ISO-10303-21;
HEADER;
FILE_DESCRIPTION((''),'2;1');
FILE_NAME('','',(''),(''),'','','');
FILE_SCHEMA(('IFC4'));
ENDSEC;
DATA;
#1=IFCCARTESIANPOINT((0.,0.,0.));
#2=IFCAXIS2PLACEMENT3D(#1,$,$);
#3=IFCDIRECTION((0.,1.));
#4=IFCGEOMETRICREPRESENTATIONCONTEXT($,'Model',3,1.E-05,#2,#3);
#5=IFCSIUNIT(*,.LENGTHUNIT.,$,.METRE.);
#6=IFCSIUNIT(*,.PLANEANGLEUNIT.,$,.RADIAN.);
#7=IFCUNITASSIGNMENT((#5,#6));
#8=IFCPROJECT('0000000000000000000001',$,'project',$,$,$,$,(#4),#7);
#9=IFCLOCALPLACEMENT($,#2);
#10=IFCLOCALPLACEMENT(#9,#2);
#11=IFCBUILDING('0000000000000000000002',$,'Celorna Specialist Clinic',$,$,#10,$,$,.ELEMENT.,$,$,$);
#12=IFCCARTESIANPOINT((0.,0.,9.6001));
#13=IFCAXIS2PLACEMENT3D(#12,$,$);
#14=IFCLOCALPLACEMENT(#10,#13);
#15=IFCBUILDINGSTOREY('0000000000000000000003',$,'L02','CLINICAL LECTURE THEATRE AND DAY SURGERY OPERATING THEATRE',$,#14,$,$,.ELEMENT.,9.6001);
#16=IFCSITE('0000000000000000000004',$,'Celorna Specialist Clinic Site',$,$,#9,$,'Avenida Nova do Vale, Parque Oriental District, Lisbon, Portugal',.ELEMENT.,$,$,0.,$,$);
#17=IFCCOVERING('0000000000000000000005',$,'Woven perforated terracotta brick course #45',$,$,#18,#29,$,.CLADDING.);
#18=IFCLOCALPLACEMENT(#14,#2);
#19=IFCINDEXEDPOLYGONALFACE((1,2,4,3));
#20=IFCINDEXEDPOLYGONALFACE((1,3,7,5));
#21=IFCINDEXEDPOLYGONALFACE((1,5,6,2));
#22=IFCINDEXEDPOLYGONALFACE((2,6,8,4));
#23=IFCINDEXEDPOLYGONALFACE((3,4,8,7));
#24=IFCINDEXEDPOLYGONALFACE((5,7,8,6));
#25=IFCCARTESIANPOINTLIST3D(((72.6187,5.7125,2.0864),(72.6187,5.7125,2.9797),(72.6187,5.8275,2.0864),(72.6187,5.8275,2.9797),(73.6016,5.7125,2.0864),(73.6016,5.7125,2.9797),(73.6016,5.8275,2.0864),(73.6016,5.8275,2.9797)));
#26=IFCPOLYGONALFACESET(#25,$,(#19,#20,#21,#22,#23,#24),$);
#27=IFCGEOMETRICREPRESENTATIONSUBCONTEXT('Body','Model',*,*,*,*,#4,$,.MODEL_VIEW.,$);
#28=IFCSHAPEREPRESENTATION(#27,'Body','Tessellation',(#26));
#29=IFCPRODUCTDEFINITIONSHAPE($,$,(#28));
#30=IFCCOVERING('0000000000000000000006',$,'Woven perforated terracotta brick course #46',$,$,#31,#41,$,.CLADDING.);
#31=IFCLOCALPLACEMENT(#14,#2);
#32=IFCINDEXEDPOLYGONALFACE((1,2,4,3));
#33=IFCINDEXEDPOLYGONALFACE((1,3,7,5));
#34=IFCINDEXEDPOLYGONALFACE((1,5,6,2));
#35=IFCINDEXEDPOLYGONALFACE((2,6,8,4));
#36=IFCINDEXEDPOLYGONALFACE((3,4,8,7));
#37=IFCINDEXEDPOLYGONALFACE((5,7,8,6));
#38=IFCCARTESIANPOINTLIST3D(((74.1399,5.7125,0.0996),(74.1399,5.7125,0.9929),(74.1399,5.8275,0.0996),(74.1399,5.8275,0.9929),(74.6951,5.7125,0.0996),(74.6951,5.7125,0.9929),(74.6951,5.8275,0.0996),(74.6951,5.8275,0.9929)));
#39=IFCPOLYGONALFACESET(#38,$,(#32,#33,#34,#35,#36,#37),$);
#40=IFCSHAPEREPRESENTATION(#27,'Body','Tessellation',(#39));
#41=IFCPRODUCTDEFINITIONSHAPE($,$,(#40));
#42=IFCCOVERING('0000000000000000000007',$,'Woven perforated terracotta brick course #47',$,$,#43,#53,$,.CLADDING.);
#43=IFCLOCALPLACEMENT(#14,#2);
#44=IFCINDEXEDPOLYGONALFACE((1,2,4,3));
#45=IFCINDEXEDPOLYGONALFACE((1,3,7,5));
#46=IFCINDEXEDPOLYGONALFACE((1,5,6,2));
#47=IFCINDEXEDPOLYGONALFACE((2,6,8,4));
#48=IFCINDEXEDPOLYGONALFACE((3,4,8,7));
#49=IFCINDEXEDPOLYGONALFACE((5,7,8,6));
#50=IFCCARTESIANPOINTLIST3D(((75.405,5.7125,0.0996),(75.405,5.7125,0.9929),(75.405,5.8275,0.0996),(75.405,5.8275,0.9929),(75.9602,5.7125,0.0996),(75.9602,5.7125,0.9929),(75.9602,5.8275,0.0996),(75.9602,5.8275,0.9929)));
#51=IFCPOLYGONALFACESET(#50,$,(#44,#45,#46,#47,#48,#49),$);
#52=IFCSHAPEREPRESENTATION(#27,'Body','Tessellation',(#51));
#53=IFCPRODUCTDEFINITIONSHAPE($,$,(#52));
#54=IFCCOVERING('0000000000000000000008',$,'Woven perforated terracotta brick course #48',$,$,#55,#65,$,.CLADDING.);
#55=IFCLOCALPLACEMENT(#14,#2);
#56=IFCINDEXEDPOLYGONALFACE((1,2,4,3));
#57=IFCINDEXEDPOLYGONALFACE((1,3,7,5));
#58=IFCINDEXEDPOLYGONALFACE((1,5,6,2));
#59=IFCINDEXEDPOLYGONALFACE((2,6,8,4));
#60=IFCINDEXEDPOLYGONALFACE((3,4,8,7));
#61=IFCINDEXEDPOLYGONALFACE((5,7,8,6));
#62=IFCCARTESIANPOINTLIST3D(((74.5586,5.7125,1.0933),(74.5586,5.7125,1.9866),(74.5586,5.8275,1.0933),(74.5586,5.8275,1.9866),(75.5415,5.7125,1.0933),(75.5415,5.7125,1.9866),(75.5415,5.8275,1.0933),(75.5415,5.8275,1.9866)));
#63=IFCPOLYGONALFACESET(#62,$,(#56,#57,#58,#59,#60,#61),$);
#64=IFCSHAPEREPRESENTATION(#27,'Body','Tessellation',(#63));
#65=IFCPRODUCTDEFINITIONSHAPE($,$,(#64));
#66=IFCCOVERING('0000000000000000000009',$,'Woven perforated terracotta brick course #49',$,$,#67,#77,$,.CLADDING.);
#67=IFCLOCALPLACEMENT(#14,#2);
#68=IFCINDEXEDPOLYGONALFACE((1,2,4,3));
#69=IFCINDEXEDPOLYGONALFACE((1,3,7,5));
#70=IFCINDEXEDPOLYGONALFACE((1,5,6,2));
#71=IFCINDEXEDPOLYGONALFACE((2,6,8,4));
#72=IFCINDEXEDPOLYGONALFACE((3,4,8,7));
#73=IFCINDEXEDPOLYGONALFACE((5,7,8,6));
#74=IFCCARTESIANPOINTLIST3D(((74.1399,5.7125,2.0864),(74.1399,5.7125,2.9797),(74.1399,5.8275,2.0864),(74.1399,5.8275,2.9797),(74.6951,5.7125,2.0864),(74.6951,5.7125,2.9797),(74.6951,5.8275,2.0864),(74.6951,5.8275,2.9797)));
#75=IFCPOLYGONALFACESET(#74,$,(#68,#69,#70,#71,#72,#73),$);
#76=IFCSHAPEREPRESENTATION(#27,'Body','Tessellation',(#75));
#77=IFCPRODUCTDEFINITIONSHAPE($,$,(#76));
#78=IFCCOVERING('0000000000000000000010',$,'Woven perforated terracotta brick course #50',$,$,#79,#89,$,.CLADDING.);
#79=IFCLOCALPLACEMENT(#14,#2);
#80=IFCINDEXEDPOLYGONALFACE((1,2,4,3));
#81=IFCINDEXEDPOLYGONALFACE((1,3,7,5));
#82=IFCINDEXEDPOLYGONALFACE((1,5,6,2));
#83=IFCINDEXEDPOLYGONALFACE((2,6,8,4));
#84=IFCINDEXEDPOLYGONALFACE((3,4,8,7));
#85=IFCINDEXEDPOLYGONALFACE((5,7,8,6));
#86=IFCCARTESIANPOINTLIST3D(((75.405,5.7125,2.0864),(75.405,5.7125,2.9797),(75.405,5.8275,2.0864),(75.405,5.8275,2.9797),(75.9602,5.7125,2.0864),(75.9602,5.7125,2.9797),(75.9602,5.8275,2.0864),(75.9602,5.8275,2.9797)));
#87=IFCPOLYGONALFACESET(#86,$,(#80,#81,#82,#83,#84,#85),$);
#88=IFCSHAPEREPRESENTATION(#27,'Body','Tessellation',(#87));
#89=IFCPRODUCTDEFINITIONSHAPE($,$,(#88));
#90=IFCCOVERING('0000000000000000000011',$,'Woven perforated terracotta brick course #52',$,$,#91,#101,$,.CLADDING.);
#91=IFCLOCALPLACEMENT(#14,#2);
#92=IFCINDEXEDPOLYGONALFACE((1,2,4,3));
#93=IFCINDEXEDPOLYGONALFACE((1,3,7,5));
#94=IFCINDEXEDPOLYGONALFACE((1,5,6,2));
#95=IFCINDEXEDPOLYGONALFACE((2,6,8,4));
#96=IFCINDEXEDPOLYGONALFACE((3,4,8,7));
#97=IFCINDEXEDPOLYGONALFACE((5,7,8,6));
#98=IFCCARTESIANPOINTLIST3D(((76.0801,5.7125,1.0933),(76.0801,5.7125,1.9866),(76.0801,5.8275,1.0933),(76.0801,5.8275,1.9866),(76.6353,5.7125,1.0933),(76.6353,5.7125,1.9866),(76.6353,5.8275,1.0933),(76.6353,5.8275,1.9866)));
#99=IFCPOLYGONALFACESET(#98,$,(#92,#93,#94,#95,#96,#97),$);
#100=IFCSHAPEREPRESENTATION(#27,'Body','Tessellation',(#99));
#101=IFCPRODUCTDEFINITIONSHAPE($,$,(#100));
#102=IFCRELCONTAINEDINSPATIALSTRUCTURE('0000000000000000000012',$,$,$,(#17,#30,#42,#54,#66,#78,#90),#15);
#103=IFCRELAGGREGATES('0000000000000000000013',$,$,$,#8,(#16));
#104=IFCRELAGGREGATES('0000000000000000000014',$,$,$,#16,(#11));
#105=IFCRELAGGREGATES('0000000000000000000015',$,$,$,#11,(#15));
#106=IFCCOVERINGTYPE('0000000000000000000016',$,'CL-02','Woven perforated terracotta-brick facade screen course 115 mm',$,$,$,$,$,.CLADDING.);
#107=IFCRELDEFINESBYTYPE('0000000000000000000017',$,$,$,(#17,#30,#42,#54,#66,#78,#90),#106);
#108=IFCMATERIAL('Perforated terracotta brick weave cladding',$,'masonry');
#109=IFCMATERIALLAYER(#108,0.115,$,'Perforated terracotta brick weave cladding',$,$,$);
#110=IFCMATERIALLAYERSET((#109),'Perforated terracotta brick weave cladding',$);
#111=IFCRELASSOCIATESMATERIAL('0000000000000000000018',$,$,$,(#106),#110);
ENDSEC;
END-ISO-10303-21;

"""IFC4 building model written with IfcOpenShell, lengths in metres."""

from ifc_helpers import new_model, si_unit, direction, frame, origin, origin_2d, place, context, subcontext, project, spatial, rectangle, extrude, material, layer, layer_set, type_object, element, save


model = new_model("IFC4")

# Units and contexts
model_context = context("Model", 3, precision=1e-05, world=origin(), true_north=direction((0.0, 1.0)))
body_context = subcontext(model_context, "Body", "Model", "MODEL_VIEW")
ifc_project = project(units=[si_unit("LENGTHUNIT", "METRE"), si_unit("PLANEANGLEUNIT", "RADIAN")], contexts=[model_context])

# Site, building, storey
site_placement = place(None, origin())
site = spatial("IfcSite", under=ifc_project, at=site_placement, Name="Celorna Specialist Clinic Site", LongName="Avenida Nova do Vale, Parque Oriental District, Lisbon, Portugal", CompositionType="ELEMENT", RefElevation=0.0)
building_placement = place(site_placement, origin())
building = spatial("IfcBuilding", under=site, at=building_placement, Name="Celorna Specialist Clinic", CompositionType="ELEMENT")
storey_placement = place(building_placement, frame((0.0, 0.0, 9.6001)))
storey = spatial("IfcBuildingStorey", under=building, at=storey_placement, Name="L02", Description="CLINICAL LECTURE THEATRE AND DAY SURGERY OPERATING THEATRE", CompositionType="ELEMENT", Elevation=9.6001)

# Coverings
ifc_material_1 = material(Name="Perforated terracotta brick weave cladding", Category="masonry")
ifc_layer_1 = layer(ifc_material_1, 0.115, Name="Perforated terracotta brick weave cladding")
ifc_layer_set_1 = layer_set([ifc_layer_1], Name="Perforated terracotta brick weave cladding")
covering_type = type_object("IfcCoveringType", Name="CL-02", Description="Woven perforated terracotta-brick facade screen course 115 mm", PredefinedType="CLADDING", material=ifc_layer_set_1)
covering_1_placement = place(storey_placement, frame((73.1101, 5.77, 2.0864), z_axis=(0.0, 0.0, 1.0), x_axis=(1.0, 0.0, 0.0)))
element("IfcCovering", 1, at=covering_1_placement, inside=storey, type_object=covering_type, Name="Woven perforated terracotta brick course #45", PredefinedType="CLADDING", context=body_context, shape_type="SweptSolid", body=[
    extrude(rectangle(XDim=0.9829, YDim=0.115, at=origin_2d()), origin(), (0.0, 0.0, 1.0), 0.8933),
])
for number, where, z_axis, x_axis, name in (
    (2, (74.4175, 5.77, 0.0996), (0.0, 0.0, 1.0), (1.0, 0.0, 0.0), "Woven perforated terracotta brick course #46"),
    (3, (75.6826, 5.77, 0.0996), (0.0, 0.0, 1.0), (1.0, 0.0, 0.0), "Woven perforated terracotta brick course #47"),
):
    element("IfcCovering", number, at=place(storey_placement, frame(where, z_axis=z_axis, x_axis=x_axis)), inside=storey, type_object=covering_type, Name=name, PredefinedType="CLADDING", context=body_context, shape_type="SweptSolid", body=[
        extrude(rectangle(XDim=0.5552, YDim=0.115, at=origin_2d()), origin(), (0.0, 0.0, 1.0), 0.8933),
    ])
covering_2_placement = place(storey_placement, frame((75.05, 5.77, 1.0933), z_axis=(0.0, 0.0, 1.0), x_axis=(1.0, 0.0, 0.0)))
element("IfcCovering", 4, at=covering_2_placement, inside=storey, type_object=covering_type, Name="Woven perforated terracotta brick course #48", PredefinedType="CLADDING", context=body_context, shape_type="SweptSolid", body=[
    extrude(rectangle(XDim=0.9829, YDim=0.115, at=origin_2d()), origin(), (0.0, 0.0, 1.0), 0.8933),
])
for number, where, z_axis, x_axis, name in (
    (5, (74.4175, 5.77, 2.0864), (0.0, 0.0, 1.0), (1.0, 0.0, 0.0), "Woven perforated terracotta brick course #49"),
    (6, (75.6826, 5.77, 2.0864), (0.0, 0.0, 1.0), (1.0, 0.0, 0.0), "Woven perforated terracotta brick course #50"),
    (7, (76.3577, 5.77, 1.0933), (0.0, 0.0, 1.0), (1.0, 0.0, 0.0), "Woven perforated terracotta brick course #52"),
):
    element("IfcCovering", number, at=place(storey_placement, frame(where, z_axis=z_axis, x_axis=x_axis)), inside=storey, type_object=covering_type, Name=name, PredefinedType="CLADDING", context=body_context, shape_type="SweptSolid", body=[
        extrude(rectangle(XDim=0.5552, YDim=0.115, at=origin_2d()), origin(), (0.0, 0.0, 1.0), 0.8933),
    ])

save(model, "model.ifc")
